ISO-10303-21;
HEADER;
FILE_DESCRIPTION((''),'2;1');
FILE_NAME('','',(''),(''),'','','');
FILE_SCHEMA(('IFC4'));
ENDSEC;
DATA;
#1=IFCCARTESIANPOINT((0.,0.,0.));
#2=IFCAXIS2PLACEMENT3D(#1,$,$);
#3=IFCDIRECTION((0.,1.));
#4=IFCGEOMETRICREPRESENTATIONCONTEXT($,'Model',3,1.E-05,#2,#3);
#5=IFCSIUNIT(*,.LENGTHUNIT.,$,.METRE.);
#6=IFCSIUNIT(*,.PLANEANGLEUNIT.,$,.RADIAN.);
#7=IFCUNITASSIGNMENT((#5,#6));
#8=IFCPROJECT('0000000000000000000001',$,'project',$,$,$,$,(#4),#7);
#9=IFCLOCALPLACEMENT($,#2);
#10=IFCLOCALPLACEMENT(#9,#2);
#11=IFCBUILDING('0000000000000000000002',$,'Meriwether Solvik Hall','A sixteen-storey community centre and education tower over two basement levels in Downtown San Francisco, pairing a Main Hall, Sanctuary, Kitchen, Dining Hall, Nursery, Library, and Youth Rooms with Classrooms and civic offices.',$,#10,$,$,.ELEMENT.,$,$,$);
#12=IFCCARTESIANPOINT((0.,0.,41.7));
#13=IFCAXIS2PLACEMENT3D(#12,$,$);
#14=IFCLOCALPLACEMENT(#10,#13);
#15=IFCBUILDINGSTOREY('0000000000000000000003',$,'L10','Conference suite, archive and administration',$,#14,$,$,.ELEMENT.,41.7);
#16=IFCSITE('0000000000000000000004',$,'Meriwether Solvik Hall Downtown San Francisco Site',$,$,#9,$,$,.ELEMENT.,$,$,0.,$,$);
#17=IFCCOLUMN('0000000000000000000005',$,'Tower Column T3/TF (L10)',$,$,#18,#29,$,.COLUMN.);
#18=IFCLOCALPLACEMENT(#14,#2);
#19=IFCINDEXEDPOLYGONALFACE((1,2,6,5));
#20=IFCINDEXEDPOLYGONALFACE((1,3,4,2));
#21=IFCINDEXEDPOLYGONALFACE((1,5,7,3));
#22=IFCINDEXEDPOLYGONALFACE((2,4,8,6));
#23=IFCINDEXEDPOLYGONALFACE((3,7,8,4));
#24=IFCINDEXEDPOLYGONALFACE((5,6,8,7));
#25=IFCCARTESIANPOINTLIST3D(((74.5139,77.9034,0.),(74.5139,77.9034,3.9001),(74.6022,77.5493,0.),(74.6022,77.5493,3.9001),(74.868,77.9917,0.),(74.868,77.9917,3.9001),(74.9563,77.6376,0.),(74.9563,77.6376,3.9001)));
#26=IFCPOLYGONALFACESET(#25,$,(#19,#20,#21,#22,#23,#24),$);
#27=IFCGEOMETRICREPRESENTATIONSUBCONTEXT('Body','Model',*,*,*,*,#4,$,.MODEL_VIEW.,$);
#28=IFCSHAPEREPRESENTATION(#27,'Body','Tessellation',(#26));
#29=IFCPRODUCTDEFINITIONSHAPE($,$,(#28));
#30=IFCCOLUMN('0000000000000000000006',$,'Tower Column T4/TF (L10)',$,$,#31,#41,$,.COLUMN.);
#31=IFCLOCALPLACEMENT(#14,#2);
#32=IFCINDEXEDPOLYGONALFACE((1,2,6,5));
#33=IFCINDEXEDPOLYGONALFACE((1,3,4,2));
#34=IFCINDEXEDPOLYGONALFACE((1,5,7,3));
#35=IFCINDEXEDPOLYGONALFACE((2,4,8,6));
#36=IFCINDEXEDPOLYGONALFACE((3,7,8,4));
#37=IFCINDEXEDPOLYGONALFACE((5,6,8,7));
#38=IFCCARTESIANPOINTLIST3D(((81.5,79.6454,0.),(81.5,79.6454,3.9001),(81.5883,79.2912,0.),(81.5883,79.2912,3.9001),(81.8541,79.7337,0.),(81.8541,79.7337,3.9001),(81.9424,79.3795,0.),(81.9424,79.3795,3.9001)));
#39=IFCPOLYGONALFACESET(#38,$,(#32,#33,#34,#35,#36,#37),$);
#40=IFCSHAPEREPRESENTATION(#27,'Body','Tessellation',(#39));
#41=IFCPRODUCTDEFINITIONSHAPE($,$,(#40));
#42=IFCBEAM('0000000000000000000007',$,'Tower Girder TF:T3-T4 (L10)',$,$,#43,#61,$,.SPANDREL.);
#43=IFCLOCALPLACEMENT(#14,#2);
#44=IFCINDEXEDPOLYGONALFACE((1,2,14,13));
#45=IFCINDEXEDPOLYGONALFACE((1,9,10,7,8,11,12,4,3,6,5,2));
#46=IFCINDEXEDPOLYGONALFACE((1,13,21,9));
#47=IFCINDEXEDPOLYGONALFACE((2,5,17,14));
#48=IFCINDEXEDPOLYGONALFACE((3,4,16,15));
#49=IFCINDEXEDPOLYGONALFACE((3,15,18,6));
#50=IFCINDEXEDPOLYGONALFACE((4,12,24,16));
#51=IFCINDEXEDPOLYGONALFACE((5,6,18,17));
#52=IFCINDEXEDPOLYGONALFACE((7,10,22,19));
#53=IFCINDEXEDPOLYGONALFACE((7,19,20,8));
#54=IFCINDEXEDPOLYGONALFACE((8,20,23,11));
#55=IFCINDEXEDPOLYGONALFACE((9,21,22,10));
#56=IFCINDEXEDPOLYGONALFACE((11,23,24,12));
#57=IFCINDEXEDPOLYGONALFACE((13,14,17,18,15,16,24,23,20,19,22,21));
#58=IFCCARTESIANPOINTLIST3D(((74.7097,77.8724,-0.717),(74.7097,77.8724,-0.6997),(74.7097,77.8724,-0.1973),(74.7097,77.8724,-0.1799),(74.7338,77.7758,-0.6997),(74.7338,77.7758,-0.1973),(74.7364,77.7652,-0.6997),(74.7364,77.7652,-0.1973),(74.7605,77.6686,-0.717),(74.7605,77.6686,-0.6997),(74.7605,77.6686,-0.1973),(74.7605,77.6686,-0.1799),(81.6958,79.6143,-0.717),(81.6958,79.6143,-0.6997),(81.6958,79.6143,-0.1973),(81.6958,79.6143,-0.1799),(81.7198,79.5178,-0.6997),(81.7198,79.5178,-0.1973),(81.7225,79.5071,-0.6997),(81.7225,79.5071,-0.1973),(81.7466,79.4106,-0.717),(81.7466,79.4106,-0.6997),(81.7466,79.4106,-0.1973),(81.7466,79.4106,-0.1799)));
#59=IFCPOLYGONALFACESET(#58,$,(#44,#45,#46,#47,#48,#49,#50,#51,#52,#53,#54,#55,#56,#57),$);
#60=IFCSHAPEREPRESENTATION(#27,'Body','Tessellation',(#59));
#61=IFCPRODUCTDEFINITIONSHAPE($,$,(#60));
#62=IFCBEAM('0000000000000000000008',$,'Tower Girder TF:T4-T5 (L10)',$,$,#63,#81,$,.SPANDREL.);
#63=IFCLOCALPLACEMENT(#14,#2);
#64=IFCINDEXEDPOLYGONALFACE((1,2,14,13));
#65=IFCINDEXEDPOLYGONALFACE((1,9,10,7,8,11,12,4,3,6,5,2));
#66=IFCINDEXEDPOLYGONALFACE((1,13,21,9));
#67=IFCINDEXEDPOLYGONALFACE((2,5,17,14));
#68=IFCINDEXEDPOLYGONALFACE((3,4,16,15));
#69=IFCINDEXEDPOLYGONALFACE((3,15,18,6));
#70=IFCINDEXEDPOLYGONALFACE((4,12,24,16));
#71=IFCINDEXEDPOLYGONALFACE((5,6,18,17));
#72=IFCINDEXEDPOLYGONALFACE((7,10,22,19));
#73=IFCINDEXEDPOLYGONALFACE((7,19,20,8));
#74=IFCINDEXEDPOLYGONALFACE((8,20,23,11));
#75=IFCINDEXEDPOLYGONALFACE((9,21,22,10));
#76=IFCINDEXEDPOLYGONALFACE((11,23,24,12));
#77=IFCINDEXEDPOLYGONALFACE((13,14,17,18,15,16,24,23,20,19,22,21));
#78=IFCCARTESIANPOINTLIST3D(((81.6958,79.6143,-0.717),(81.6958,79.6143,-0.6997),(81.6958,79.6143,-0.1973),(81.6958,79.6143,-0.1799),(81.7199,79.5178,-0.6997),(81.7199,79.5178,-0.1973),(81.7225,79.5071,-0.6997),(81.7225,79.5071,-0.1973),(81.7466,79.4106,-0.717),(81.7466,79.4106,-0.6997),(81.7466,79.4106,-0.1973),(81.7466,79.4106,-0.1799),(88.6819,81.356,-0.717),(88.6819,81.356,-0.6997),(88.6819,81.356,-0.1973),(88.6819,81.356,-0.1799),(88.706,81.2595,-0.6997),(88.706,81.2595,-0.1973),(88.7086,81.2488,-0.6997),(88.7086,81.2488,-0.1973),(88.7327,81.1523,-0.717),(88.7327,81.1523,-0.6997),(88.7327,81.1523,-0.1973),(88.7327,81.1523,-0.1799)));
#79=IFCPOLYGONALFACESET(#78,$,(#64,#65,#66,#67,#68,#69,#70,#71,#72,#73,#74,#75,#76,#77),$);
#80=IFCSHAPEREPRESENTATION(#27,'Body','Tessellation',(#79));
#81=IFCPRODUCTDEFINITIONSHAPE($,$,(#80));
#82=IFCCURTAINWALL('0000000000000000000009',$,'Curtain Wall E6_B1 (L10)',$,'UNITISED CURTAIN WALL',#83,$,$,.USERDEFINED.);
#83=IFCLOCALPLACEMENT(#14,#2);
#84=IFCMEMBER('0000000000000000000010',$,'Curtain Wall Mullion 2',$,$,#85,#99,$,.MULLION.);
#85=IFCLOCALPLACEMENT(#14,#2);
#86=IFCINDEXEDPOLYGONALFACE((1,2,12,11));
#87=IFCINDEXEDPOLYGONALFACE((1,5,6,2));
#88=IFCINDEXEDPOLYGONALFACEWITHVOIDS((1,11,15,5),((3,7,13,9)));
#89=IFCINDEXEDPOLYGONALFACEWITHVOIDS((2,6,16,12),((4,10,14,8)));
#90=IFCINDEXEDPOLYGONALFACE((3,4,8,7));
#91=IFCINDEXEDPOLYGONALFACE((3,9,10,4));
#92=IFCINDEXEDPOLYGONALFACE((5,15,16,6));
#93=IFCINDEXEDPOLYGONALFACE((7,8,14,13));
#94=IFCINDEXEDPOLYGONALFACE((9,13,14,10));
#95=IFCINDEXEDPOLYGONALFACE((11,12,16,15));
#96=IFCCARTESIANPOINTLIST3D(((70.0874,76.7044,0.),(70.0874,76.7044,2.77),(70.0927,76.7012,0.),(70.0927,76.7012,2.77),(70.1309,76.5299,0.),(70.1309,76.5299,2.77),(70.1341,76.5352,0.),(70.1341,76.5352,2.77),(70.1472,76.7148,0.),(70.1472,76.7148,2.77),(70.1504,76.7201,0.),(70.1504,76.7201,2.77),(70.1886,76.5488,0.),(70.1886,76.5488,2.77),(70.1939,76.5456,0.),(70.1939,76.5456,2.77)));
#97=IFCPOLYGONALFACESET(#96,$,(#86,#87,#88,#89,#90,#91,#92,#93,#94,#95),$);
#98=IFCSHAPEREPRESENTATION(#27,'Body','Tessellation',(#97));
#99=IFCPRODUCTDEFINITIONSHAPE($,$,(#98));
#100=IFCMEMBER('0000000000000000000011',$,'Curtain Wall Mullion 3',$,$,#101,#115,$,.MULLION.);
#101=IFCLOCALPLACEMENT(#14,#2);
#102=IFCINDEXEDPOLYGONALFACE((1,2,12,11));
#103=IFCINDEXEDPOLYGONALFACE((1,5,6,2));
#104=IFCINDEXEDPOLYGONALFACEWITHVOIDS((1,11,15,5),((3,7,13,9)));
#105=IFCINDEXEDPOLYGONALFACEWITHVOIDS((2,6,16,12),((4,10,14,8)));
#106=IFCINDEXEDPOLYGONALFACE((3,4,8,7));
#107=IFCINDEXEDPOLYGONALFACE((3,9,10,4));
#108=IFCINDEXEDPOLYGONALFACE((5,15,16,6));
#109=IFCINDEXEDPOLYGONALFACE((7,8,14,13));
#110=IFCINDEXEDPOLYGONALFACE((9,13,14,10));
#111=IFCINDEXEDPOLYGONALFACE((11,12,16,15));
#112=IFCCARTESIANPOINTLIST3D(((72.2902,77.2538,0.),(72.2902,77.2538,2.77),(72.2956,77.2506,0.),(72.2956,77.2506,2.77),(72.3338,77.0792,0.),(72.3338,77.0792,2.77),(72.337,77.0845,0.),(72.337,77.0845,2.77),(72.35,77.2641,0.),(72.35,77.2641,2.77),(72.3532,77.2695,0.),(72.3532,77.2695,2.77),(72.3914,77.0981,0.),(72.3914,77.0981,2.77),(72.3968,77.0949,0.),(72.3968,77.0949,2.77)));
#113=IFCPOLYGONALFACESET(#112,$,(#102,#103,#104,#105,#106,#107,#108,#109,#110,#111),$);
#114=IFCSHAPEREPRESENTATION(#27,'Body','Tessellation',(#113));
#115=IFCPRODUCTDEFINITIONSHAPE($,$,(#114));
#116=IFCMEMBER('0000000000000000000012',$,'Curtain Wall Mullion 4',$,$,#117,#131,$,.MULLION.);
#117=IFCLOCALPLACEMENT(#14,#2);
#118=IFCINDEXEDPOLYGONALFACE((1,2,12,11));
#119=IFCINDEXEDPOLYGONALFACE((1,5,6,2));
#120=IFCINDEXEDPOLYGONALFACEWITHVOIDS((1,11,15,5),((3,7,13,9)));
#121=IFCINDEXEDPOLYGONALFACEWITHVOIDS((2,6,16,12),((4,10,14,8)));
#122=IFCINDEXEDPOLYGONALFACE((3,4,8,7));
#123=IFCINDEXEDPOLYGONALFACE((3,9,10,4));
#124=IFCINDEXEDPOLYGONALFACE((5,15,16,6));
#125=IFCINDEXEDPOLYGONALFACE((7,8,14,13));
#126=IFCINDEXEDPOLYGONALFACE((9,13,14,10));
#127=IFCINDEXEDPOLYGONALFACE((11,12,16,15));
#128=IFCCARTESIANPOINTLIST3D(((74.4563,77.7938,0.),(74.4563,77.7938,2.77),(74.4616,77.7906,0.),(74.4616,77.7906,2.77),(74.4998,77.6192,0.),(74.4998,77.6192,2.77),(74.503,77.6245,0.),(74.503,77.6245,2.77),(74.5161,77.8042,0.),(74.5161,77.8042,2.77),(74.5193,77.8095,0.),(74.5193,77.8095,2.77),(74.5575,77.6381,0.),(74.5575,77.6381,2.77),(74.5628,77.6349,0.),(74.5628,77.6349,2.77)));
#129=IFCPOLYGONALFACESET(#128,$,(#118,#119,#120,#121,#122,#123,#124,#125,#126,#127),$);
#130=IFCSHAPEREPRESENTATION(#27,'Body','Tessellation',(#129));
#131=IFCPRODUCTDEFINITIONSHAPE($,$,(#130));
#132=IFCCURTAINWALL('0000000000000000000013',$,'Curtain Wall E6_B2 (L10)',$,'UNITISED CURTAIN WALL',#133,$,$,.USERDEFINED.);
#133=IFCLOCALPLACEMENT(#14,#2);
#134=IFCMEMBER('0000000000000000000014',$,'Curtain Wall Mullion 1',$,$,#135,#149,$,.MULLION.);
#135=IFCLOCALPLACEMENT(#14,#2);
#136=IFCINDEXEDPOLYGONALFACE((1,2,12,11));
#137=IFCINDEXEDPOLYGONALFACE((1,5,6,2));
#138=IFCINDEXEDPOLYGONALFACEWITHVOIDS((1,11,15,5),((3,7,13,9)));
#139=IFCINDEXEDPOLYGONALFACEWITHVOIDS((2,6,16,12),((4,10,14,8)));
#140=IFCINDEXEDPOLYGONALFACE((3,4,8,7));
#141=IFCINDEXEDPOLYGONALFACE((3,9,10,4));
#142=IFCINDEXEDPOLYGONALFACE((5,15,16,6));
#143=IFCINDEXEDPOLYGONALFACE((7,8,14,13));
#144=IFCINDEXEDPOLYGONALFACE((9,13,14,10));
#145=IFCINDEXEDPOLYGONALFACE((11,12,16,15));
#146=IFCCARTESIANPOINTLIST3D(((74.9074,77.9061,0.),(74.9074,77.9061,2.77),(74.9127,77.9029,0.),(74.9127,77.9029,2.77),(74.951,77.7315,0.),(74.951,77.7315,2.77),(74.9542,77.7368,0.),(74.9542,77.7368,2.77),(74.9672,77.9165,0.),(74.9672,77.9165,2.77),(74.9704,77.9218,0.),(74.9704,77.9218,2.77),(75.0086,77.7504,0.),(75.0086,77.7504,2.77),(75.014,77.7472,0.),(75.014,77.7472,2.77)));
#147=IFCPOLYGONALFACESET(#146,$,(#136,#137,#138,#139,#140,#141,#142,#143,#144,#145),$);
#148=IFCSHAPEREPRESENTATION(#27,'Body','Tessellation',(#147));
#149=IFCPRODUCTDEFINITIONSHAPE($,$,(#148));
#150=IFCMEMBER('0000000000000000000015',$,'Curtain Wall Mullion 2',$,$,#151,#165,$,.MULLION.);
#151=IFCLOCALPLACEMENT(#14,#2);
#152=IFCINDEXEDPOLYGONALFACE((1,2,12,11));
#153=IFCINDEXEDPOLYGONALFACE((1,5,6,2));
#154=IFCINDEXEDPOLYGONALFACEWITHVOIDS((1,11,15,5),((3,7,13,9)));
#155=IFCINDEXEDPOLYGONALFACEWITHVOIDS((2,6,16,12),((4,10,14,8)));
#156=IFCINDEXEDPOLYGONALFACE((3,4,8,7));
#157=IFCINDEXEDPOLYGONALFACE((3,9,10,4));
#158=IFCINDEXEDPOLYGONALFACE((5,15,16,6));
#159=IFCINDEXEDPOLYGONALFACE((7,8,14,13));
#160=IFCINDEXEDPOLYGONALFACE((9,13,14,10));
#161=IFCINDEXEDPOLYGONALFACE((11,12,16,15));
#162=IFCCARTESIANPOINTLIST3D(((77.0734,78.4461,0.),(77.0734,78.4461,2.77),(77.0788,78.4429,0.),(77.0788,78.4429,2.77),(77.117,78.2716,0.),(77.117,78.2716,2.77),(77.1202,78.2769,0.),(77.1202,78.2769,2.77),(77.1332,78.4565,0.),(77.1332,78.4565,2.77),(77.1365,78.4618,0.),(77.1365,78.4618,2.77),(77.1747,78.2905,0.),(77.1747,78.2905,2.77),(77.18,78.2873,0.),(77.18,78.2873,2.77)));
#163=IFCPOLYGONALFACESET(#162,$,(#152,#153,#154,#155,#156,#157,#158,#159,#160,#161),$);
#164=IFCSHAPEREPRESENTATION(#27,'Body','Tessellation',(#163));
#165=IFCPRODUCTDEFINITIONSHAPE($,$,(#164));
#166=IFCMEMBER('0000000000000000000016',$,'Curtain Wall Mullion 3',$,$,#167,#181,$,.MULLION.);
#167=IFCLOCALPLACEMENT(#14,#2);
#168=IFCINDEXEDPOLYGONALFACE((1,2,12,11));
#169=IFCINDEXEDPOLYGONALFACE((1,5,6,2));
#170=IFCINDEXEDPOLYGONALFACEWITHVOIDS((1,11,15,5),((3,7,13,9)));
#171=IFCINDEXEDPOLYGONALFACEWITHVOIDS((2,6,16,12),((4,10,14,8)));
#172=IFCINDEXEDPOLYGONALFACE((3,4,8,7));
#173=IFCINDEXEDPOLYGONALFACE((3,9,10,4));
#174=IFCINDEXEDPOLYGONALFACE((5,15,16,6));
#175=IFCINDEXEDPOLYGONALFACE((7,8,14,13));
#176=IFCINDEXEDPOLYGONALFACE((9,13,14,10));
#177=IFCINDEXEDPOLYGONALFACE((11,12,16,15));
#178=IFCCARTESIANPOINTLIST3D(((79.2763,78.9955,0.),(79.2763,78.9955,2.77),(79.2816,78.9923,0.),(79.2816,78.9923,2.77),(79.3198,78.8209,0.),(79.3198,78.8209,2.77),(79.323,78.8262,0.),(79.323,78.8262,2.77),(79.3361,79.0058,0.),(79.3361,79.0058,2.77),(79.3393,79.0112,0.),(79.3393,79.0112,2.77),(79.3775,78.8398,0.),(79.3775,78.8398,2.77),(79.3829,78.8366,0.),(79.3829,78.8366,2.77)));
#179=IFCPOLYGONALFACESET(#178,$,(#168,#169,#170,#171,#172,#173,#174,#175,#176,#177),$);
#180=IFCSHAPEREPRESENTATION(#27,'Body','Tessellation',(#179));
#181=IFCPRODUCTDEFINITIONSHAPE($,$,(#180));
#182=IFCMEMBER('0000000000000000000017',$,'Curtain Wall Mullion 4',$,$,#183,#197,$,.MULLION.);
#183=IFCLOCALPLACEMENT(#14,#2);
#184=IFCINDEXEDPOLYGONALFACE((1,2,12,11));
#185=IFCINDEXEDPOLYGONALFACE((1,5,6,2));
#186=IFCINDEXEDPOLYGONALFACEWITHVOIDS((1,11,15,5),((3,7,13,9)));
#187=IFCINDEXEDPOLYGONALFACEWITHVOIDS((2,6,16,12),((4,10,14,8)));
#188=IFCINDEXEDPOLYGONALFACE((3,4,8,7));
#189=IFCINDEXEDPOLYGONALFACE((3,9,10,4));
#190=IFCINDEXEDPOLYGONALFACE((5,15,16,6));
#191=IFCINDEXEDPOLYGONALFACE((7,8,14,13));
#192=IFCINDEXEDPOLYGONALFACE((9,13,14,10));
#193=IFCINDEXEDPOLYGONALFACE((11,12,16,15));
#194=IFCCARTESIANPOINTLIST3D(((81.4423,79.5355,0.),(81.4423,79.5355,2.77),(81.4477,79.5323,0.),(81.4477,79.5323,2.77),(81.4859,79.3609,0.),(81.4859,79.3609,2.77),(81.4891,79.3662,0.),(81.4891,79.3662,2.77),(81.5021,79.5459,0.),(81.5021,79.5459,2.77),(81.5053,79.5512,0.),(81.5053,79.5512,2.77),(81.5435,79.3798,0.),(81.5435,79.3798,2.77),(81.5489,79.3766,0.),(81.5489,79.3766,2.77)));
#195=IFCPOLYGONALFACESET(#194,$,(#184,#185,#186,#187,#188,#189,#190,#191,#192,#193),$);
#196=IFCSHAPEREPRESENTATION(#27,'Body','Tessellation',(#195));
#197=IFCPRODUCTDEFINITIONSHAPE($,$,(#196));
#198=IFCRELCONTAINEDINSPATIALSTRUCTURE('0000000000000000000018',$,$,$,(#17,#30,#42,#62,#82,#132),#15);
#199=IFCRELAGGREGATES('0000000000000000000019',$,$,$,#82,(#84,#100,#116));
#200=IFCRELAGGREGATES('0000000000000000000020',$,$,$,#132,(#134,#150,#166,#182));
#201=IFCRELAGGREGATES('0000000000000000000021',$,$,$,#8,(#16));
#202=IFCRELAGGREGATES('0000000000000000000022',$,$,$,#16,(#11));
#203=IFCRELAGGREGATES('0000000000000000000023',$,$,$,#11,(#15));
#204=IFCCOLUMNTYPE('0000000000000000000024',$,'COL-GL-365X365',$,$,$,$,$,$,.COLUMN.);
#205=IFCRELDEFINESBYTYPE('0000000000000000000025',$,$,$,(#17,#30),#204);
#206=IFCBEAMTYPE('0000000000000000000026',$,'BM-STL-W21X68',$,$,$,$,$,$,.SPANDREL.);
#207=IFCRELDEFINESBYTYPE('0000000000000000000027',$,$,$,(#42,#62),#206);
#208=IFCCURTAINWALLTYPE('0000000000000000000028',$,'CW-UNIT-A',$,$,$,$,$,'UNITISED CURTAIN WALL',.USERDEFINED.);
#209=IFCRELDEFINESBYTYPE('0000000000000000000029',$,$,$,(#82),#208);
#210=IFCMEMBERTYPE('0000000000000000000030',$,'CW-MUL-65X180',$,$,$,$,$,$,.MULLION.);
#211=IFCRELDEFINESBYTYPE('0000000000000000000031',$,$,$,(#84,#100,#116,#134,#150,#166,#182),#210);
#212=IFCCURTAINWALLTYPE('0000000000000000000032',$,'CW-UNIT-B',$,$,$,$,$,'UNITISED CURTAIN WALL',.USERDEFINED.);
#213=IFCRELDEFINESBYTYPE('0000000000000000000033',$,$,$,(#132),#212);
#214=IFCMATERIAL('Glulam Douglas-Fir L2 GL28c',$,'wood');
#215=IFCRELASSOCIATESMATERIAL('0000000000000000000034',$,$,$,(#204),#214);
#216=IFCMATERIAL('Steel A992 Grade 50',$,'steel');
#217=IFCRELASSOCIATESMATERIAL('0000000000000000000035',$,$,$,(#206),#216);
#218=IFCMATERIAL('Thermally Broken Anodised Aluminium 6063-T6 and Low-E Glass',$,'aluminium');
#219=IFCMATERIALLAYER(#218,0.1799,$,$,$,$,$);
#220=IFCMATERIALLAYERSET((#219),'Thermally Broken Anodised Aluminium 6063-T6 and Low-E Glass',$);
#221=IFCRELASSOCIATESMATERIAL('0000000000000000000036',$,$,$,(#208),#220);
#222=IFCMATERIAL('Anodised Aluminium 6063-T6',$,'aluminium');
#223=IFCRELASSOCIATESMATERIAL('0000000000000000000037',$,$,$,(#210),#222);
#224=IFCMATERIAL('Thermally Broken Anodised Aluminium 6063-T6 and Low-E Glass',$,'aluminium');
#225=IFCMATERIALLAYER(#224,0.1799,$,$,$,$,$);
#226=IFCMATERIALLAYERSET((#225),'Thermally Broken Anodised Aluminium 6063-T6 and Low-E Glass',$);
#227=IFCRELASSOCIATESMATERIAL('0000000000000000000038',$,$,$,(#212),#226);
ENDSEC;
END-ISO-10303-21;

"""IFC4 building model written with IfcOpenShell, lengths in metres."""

from ifc_helpers import new_model, si_unit, direction, frame, origin, origin_2d, place, context, subcontext, project, spatial, rectangle, hollow_rectangle, i_section, extrude, material, layer, layer_set, material_profile, profile_set, type_object, element, aggregate, save


model = new_model("IFC4")

# Units and contexts
model_context = context("Model", 3, precision=1e-05, world=origin(), true_north=direction((0.0, 1.0)))
body_context = subcontext(model_context, "Body", "Model", "MODEL_VIEW")
ifc_project = project(units=[si_unit("LENGTHUNIT", "METRE"), si_unit("PLANEANGLEUNIT", "RADIAN")], contexts=[model_context])

# Site, building, storey
site_placement = place(None, origin())
site = spatial("IfcSite", under=ifc_project, at=site_placement, Name="Meriwether Solvik Hall Downtown San Francisco Site", CompositionType="ELEMENT", RefElevation=0.0)
building_placement = place(site_placement, origin())
building = spatial("IfcBuilding", under=site, at=building_placement, Name="Meriwether Solvik Hall", Description="A sixteen-storey community centre and education tower over two basement levels in Downtown San Francisco, pairing a Main Hall, Sanctuary, Kitchen, Dining Hall, Nursery, Library, and Youth Rooms with Classrooms and civic offices.", CompositionType="ELEMENT")
storey_placement = place(building_placement, frame((0.0, 0.0, 41.7)))
storey = spatial("IfcBuildingStorey", under=building, at=storey_placement, Name="L10", Description="Conference suite, archive and administration", CompositionType="ELEMENT", Elevation=41.7)

# Columns
ifc_material_1 = material(Name="Glulam Douglas-Fir L2 GL28c", Category="wood")
ifc_material_profile_1 = material_profile(ifc_material_1, rectangle(XDim=0.365, YDim=0.365, at=origin_2d()), Name="GLC-365X365")
ifc_profile_set_1 = profile_set([ifc_material_profile_1], Name="Glulam Douglas-Fir L2 GL28c")
column_type = type_object("IfcColumnType", Name="COL-GL-365X365", PredefinedType="COLUMN", material=ifc_profile_set_1)
for number, where, z_axis, x_axis, name in (
    (1, (74.7351, 77.7705, 0.0), (0.0, 0.0, 1.0), (0.970296, 0.241922, 0.0), "Tower Column T3/TF (L10)"),
    (2, (81.7212, 79.5125, 0.0), (0.0, 0.0, 1.0), (0.970296, 0.241922, 0.0), "Tower Column T4/TF (L10)"),
):
    element("IfcColumn", number, at=place(storey_placement, frame(where, z_axis=z_axis, x_axis=x_axis)), inside=storey, type_object=column_type, Name=name, PredefinedType="COLUMN", context=body_context, shape_type="SweptSolid", body=[
        extrude(rectangle(XDim=0.365, YDim=0.365, at=origin_2d()), origin(), (0.0, 0.0, 1.0), 3.9001),
    ])

# Beams
ifc_material_2 = material(Name="Steel A992 Grade 50", Category="steel")
ifc_material_profile_2 = material_profile(ifc_material_2, i_section(OverallWidth=0.21, OverallDepth=0.5371, WebThickness=0.011, FlangeThickness=0.0173, at=origin_2d()), Name="W21X68")
ifc_profile_set_2 = profile_set([ifc_material_profile_2], Name="Steel A992 Grade 50")
beam_type_1 = type_object("IfcBeamType", Name="BM-STL-W21X68", PredefinedType="SPANDREL", material=ifc_profile_set_2)
for number, where, z_axis, x_axis, name in (
    (3, (74.7351, 77.7705, -0.4485), (0.970292, 0.241937, 0.0), (-0.241937, 0.970292, 0.0), "Tower Girder TF:T3-T4 (L10)"),
    (4, (81.7212, 79.5125, -0.4485), (0.9703, 0.241905, 0.0), (-0.241905, 0.9703, 0.0), "Tower Girder TF:T4-T5 (L10)"),
):
    element("IfcBeam", number, at=place(storey_placement, frame(where, z_axis=z_axis, x_axis=x_axis)), inside=storey, type_object=beam_type_1, Name=name, PredefinedType="SPANDREL", context=body_context, shape_type="SweptSolid", body=[
        extrude(i_section(OverallWidth=0.21, OverallDepth=0.5371, WebThickness=0.011, FlangeThickness=0.0173, at=origin_2d()), origin(), (0.0, 0.0, 1.0), 7.2),
    ])

# Curtain walls, members
ifc_material_3 = material(Name="Thermally Broken Anodised Aluminium 6063-T6 and Low-E Glass", Category="aluminium")
ifc_layer_1 = layer(ifc_material_3, 0.1799)
ifc_layer_set_1 = layer_set([ifc_layer_1], Name="Thermally Broken Anodised Aluminium 6063-T6 and Low-E Glass")
curtain_wall_type_1 = type_object("IfcCurtainWallType", Name="CW-UNIT-A", ElementType="UNITISED CURTAIN WALL", PredefinedType="USERDEFINED", material=ifc_layer_set_1)
curtain_wall_1_placement = place(storey_placement, origin())
curtain_wall_1 = element("IfcCurtainWall", 5, at=curtain_wall_1_placement, inside=storey, type_object=curtain_wall_type_1, Name="Curtain Wall E6_B1 (L10)", ObjectType="UNITISED CURTAIN WALL", PredefinedType="USERDEFINED")
ifc_material_4 = material(Name="Anodised Aluminium 6063-T6", Category="aluminium")
ifc_material_profile_3 = material_profile(ifc_material_4, hollow_rectangle(XDim=0.0649, YDim=0.1799, WallThickness=0.0044, at=origin_2d()), Name="CWM-65X180")
ifc_profile_set_3 = profile_set([ifc_material_profile_3], Name="Anodised Aluminium 6063-T6")
member_type_1 = type_object("IfcMemberType", Name="CW-MUL-65X180", PredefinedType="MULLION", material=ifc_profile_set_3)
member_1_placement = place(storey_placement, frame((70.1406, 76.625, 0.0), z_axis=(0.0, 0.0, 1.0), x_axis=(0.970296, 0.241922, 0.0)))
member_1 = element("IfcMember", 6, at=member_1_placement, type_object=member_type_1, Name="Curtain Wall Mullion 2", PredefinedType="MULLION", context=body_context, shape_type="SweptSolid", body=[
    extrude(hollow_rectangle(XDim=0.0649, YDim=0.1799, WallThickness=0.0044, at=origin_2d()), origin(), (0.0, 0.0, 1.0), 2.77),
])
member_2_placement = place(storey_placement, frame((72.3435, 77.1743, 0.0), z_axis=(0.0, 0.0, 1.0), x_axis=(0.970296, 0.241922, 0.0)))
member_2 = element("IfcMember", 7, at=member_2_placement, type_object=member_type_1, Name="Curtain Wall Mullion 3", PredefinedType="MULLION", context=body_context, shape_type="SweptSolid", body=[
    extrude(hollow_rectangle(XDim=0.0649, YDim=0.1799, WallThickness=0.0044, at=origin_2d()), origin(), (0.0, 0.0, 1.0), 2.77),
])
member_3_placement = place(storey_placement, frame((74.5095, 77.7144, 0.0), z_axis=(0.0, 0.0, 1.0), x_axis=(0.970296, 0.241922, 0.0)))
member_3 = element("IfcMember", 8, at=member_3_placement, type_object=member_type_1, Name="Curtain Wall Mullion 4", PredefinedType="MULLION", context=body_context, shape_type="SweptSolid", body=[
    extrude(hollow_rectangle(XDim=0.0649, YDim=0.1799, WallThickness=0.0044, at=origin_2d()), origin(), (0.0, 0.0, 1.0), 2.77),
])
ifc_material_5 = material(Name="Thermally Broken Anodised Aluminium 6063-T6 and Low-E Glass", Category="aluminium")
ifc_layer_2 = layer(ifc_material_5, 0.1799)
ifc_layer_set_2 = layer_set([ifc_layer_2], Name="Thermally Broken Anodised Aluminium 6063-T6 and Low-E Glass")
curtain_wall_type_2 = type_object("IfcCurtainWallType", Name="CW-UNIT-B", ElementType="UNITISED CURTAIN WALL", PredefinedType="USERDEFINED", material=ifc_layer_set_2)
curtain_wall_2_placement = place(storey_placement, origin())
curtain_wall_2 = element("IfcCurtainWall", 9, at=curtain_wall_2_placement, inside=storey, type_object=curtain_wall_type_2, Name="Curtain Wall E6_B2 (L10)", ObjectType="UNITISED CURTAIN WALL", PredefinedType="USERDEFINED")
member_4_placement = place(storey_placement, frame((74.9607, 77.8267, 0.0), z_axis=(0.0, 0.0, 1.0), x_axis=(0.970296, 0.241922, 0.0)))
member_4 = element("IfcMember", 10, at=member_4_placement, type_object=member_type_1, Name="Curtain Wall Mullion 1", PredefinedType="MULLION", context=body_context, shape_type="SweptSolid", body=[
    extrude(hollow_rectangle(XDim=0.0649, YDim=0.1799, WallThickness=0.0044, at=origin_2d()), origin(), (0.0, 0.0, 1.0), 2.77),
])
member_5_placement = place(storey_placement, frame((77.1267, 78.3667, 0.0), z_axis=(0.0, 0.0, 1.0), x_axis=(0.970296, 0.241922, 0.0)))
member_5 = element("IfcMember", 11, at=member_5_placement, type_object=member_type_1, Name="Curtain Wall Mullion 2", PredefinedType="MULLION", context=body_context, shape_type="SweptSolid", body=[
    extrude(hollow_rectangle(XDim=0.0649, YDim=0.1799, WallThickness=0.0044, at=origin_2d()), origin(), (0.0, 0.0, 1.0), 2.77),
])
member_6_placement = place(storey_placement, frame((79.3296, 78.916, 0.0), z_axis=(0.0, 0.0, 1.0), x_axis=(0.970296, 0.241922, 0.0)))
member_6 = element("IfcMember", 12, at=member_6_placement, type_object=member_type_1, Name="Curtain Wall Mullion 3", PredefinedType="MULLION", context=body_context, shape_type="SweptSolid", body=[
    extrude(hollow_rectangle(XDim=0.0649, YDim=0.1799, WallThickness=0.0044, at=origin_2d()), origin(), (0.0, 0.0, 1.0), 2.77),
])
member_7_placement = place(storey_placement, frame((81.4956, 79.4561, 0.0), z_axis=(0.0, 0.0, 1.0), x_axis=(0.970296, 0.241922, 0.0)))
member_7 = element("IfcMember", 13, at=member_7_placement, type_object=member_type_1, Name="Curtain Wall Mullion 4", PredefinedType="MULLION", context=body_context, shape_type="SweptSolid", body=[
    extrude(hollow_rectangle(XDim=0.0649, YDim=0.1799, WallThickness=0.0044, at=origin_2d()), origin(), (0.0, 0.0, 1.0), 2.77),
])

aggregate(curtain_wall_1, [member_1, member_2, member_3])
aggregate(curtain_wall_2, [member_4, member_5, member_6, member_7])

save(model, "model.ifc")
